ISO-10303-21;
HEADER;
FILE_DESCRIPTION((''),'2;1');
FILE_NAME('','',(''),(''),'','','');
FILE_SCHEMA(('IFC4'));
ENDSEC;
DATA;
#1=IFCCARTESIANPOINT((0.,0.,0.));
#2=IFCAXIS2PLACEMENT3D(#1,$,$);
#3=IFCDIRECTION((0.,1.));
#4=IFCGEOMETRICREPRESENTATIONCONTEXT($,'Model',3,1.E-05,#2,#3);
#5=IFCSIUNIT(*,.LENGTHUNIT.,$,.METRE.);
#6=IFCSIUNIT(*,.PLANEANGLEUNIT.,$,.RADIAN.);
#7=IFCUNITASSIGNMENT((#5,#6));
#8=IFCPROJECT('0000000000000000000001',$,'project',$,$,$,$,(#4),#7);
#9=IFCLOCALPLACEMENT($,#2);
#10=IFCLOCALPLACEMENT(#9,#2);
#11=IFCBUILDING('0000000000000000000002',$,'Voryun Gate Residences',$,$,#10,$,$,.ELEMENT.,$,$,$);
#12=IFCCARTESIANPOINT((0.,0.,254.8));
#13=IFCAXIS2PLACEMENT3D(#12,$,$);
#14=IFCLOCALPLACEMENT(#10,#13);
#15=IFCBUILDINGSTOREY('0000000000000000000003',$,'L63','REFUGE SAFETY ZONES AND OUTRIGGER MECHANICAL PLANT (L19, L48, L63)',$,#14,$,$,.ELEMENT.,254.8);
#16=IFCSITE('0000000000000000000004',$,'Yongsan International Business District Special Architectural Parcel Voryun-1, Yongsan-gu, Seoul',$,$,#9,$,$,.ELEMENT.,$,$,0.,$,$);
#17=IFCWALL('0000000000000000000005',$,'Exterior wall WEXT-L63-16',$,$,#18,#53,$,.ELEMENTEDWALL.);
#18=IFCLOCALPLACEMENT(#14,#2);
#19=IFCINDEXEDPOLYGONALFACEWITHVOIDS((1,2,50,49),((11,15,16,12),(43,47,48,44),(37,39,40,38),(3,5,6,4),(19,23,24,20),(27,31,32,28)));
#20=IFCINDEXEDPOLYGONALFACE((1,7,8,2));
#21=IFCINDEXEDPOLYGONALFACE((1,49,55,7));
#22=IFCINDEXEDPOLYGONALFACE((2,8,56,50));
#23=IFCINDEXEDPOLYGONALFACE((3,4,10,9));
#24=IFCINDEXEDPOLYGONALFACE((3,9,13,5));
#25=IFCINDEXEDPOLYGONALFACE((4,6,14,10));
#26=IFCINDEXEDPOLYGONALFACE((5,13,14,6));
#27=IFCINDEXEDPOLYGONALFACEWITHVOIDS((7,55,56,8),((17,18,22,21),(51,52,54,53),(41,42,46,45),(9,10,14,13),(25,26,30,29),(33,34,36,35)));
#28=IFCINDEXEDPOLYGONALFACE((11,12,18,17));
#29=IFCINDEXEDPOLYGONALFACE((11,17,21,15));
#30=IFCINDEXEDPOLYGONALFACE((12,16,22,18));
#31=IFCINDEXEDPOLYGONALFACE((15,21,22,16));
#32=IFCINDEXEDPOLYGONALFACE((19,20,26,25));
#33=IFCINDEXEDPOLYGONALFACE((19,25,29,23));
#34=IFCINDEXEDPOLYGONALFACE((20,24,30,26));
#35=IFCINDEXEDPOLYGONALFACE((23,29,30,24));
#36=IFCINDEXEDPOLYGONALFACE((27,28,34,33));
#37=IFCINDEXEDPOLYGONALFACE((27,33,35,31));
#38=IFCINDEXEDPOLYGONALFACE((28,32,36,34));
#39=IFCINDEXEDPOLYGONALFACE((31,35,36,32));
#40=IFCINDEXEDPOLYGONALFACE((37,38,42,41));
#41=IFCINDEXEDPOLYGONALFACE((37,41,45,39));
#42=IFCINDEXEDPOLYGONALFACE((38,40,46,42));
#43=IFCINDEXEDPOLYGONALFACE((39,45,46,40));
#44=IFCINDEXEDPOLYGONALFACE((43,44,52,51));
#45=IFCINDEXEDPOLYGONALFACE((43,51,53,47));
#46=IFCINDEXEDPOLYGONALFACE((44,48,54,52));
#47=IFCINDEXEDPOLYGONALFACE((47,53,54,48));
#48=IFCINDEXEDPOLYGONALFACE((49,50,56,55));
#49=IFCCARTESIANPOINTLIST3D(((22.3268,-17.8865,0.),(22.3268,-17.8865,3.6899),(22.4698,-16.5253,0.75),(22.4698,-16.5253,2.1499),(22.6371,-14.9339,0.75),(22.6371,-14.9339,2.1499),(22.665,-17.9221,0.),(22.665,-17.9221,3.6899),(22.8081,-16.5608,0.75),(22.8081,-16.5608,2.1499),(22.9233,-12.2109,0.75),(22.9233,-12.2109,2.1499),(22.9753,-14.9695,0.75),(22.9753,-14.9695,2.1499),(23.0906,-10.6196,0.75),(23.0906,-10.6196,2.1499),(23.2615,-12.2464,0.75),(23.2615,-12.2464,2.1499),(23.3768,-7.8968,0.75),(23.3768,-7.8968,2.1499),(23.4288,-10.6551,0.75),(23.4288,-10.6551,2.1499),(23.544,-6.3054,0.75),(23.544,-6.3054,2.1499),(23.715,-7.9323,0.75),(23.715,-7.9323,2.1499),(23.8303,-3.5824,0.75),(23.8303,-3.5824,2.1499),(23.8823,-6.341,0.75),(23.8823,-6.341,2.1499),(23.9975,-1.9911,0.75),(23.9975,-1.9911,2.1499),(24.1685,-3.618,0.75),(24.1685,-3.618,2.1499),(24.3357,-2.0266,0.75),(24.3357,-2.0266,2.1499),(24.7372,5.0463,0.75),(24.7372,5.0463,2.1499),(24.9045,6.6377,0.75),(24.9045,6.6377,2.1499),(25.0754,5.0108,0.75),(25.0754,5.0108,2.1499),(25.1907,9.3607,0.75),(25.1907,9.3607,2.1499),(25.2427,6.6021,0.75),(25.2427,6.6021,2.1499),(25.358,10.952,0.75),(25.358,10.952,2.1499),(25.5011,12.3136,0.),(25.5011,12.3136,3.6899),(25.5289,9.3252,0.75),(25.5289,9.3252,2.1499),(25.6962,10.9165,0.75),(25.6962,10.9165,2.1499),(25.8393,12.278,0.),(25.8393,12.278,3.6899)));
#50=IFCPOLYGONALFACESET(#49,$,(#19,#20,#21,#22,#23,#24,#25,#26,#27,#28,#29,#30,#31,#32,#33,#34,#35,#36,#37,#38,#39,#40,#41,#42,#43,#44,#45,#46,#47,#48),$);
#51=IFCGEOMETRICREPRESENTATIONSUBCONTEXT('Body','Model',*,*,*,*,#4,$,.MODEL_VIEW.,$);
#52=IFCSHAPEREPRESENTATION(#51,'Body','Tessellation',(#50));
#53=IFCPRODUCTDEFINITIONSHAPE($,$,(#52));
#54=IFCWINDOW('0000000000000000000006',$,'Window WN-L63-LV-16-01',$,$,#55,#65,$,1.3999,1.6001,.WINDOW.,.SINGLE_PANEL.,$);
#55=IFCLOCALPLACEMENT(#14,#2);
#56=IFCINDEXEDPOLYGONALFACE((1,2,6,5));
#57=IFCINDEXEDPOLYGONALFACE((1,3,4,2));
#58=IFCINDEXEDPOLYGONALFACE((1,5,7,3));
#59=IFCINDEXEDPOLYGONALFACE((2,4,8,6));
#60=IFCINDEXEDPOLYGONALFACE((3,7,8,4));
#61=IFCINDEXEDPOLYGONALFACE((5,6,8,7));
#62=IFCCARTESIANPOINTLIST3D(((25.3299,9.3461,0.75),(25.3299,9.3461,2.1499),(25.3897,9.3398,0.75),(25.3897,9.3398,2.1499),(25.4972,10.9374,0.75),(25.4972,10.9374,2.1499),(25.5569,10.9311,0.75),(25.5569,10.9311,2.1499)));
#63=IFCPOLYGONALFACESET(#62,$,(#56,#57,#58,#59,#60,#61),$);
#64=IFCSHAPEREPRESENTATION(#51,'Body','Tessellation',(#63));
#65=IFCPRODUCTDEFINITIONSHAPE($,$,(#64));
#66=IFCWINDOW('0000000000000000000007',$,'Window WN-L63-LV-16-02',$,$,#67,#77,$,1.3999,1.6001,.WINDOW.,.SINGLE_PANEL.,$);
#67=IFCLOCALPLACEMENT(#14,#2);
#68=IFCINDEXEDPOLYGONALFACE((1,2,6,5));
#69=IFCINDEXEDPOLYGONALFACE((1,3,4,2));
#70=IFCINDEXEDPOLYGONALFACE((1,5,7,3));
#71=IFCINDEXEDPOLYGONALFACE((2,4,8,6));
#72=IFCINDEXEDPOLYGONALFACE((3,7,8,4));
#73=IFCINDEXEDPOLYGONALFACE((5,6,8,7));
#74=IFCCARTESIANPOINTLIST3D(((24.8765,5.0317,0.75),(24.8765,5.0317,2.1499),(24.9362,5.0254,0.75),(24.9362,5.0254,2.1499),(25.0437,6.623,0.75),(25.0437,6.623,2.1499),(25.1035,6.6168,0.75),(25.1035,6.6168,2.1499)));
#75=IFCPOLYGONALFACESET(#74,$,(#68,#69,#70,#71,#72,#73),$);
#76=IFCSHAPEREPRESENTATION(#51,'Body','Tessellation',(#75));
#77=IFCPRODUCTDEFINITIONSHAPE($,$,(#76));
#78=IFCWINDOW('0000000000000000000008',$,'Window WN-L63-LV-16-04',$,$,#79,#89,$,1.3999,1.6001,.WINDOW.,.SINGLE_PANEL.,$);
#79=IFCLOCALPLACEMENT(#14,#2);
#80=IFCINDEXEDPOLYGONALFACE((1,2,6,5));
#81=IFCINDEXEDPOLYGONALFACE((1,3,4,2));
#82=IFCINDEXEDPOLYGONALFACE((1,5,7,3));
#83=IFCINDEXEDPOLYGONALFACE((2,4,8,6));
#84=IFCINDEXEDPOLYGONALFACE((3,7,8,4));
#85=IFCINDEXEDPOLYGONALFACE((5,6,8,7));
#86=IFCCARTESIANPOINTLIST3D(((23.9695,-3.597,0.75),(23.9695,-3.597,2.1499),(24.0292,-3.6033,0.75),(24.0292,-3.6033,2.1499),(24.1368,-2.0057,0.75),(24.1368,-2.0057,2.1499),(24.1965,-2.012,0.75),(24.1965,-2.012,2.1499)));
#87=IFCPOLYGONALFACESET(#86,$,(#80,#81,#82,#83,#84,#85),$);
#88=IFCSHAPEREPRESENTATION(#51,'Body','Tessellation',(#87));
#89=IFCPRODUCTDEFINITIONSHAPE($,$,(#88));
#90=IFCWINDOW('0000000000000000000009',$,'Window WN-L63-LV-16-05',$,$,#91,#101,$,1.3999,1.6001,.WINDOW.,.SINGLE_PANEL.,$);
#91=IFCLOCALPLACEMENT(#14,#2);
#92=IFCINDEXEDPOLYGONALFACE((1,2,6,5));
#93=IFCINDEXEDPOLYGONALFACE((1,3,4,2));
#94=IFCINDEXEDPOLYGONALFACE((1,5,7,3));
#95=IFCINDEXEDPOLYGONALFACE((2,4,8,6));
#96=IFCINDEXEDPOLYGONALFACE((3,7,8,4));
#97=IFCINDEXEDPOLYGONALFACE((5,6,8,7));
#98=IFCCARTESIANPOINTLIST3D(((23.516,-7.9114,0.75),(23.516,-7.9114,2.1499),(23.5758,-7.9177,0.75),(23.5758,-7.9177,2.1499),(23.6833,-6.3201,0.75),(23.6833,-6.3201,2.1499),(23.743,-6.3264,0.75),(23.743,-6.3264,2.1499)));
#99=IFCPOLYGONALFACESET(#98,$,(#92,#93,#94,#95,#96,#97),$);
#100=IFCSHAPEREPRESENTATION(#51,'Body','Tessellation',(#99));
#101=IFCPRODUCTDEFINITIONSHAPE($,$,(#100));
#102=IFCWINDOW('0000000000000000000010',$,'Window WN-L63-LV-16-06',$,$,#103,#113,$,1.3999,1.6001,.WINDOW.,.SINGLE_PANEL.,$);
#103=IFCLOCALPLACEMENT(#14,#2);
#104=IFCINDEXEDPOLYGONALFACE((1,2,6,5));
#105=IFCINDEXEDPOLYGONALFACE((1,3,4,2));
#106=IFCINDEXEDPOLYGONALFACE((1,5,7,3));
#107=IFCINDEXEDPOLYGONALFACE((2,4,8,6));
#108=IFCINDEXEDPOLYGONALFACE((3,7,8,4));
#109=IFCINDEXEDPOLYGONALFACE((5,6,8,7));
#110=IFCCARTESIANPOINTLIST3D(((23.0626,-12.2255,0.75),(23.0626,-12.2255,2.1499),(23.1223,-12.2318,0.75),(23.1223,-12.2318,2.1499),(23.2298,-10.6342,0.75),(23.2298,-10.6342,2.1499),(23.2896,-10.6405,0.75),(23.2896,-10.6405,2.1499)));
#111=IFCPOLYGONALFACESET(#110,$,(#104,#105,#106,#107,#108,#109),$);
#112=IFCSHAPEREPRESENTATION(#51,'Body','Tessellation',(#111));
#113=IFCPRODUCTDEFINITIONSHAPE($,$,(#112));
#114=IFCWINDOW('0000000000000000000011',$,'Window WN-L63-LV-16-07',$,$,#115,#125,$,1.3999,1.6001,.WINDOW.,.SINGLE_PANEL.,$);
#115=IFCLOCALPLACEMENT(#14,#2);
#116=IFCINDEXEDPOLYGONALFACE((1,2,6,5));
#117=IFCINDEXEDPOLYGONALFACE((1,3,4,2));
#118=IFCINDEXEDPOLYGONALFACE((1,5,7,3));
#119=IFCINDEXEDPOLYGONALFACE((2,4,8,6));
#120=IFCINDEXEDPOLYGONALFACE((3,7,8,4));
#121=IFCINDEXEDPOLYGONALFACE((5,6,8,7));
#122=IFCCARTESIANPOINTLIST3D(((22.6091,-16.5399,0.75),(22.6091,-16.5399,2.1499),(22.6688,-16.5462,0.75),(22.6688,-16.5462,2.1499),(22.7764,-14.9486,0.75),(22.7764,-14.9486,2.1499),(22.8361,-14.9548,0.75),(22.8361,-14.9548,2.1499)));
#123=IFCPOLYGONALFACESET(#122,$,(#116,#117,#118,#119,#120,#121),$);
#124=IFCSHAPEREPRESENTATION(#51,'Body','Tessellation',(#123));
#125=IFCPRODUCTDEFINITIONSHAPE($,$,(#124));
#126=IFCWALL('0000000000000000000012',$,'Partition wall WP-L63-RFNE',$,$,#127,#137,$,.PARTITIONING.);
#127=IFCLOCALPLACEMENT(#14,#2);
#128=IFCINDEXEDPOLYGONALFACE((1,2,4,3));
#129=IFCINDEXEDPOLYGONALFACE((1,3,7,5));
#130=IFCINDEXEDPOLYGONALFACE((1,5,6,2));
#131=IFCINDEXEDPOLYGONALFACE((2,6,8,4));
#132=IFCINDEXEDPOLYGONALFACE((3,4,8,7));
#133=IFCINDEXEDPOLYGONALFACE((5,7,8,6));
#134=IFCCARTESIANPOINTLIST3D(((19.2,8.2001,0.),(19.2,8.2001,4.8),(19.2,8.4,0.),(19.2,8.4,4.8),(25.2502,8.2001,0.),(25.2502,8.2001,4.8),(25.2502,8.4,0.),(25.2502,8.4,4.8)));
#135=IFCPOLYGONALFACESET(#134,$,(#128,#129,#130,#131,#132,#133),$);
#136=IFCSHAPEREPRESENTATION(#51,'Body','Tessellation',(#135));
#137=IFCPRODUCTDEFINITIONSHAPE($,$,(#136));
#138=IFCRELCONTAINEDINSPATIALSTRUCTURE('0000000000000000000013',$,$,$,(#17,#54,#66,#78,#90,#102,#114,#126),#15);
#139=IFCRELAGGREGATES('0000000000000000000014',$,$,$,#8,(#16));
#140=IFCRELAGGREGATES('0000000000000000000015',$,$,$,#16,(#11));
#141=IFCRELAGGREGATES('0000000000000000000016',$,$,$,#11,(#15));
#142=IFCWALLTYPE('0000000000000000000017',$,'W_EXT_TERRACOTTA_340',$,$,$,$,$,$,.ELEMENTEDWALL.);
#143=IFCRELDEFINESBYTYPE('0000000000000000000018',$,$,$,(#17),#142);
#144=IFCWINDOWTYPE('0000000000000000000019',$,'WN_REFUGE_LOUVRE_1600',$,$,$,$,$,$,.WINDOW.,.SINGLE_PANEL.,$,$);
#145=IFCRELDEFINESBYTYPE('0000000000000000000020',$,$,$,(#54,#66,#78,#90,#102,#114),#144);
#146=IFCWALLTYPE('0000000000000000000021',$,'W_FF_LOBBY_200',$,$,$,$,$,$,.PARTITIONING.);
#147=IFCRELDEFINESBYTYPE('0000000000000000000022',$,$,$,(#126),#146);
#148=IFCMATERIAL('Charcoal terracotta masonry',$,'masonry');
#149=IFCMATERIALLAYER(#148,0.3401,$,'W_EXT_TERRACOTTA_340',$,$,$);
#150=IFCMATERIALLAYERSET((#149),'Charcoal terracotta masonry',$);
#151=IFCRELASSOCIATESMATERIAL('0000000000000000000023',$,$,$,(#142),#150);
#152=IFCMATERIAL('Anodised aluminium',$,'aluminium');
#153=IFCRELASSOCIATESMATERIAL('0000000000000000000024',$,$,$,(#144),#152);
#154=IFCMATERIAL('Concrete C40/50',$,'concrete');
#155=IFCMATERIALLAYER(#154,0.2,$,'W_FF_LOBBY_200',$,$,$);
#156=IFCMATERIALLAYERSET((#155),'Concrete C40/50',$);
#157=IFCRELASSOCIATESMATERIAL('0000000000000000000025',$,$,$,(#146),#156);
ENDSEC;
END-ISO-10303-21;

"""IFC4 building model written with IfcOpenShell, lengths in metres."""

from ifc_helpers import new_model, si_unit, direction, frame, frame_2d, origin, place, context, subcontext, project, spatial, rectangle, extrude, material, layer, layer_set, type_object, element, fill, save


model = new_model("IFC4")

# Units and contexts
model_context = context("Model", 3, precision=1e-05, world=origin(), true_north=direction((0.0, 1.0)))
body_context = subcontext(model_context, "Body", "Model", "MODEL_VIEW")
ifc_project = project(units=[si_unit("LENGTHUNIT", "METRE"), si_unit("PLANEANGLEUNIT", "RADIAN")], contexts=[model_context])

# Site, building, storey
site_placement = place(None, origin())
site = spatial("IfcSite", under=ifc_project, at=site_placement, Name="Yongsan International Business District Special Architectural Parcel Voryun-1, Yongsan-gu, Seoul", CompositionType="ELEMENT", RefElevation=0.0)
building_placement = place(site_placement, origin())
building = spatial("IfcBuilding", under=site, at=building_placement, Name="Voryun Gate Residences", CompositionType="ELEMENT")
storey_placement = place(building_placement, frame((0.0, 0.0, 254.8)))
storey = spatial("IfcBuildingStorey", under=building, at=storey_placement, Name="L63", Description="REFUGE SAFETY ZONES AND OUTRIGGER MECHANICAL PLANT (L19, L48, L63)", CompositionType="ELEMENT", Elevation=254.8)

# Shared definitions
ifc_material_1 = material(Name="Charcoal terracotta masonry", Category="masonry")
ifc_layer_1 = layer(ifc_material_1, 0.3401, Name="W_EXT_TERRACOTTA_340")
ifc_layer_set_1 = layer_set([ifc_layer_1], Name="Charcoal terracotta masonry")
wall_type_1 = type_object("IfcWallType", Name="W_EXT_TERRACOTTA_340", PredefinedType="ELEMENTEDWALL", material=ifc_layer_set_1)

# Wall, openings, windows
wall_1_placement = place(storey_placement, frame((25.6702, 12.2957, 0.0), z_axis=(0.0, 0.0, 1.0), x_axis=(-0.104533, -0.994521, 0.0)))
wall_1 = element("IfcWall", 1, at=wall_1_placement, inside=storey, type_object=wall_type_1, Name="Exterior wall WEXT-L63-16", PredefinedType="ELEMENTEDWALL", context=body_context, shape_type="SweptSolid", body=[
    extrude(rectangle(XDim=30.3665, YDim=0.3401, at=frame_2d((15.1831, 0.0))), origin(), (0.0, 0.0, 1.0), 3.6899),
])
opening_1_placement = place(wall_1_placement, frame((1.3689, 0.0, 0.75)))
opening_1 = element("IfcOpeningElement", 2, at=opening_1_placement, cuts=wall_1, PredefinedType="OPENING", context=body_context, shape_type="SweptSolid", body=[
    extrude(rectangle(XDim=1.6001, YDim=1.3999, at=frame_2d((0.8, 0.7))), frame((0.0, 0.1799, 0.0), z_axis=(0.0, -1.0, 0.0), x_axis=(1.0, 0.0, 0.0)), (0.0, 0.0, 1.0), 0.3601),
])
opening_2_placement = place(wall_1_placement, frame((5.707, 0.0, 0.75)))
opening_2 = element("IfcOpeningElement", 3, at=opening_2_placement, cuts=wall_1, PredefinedType="OPENING", context=body_context, shape_type="SweptSolid", body=[
    extrude(rectangle(XDim=1.6001, YDim=1.3999, at=frame_2d((0.8, 0.7))), frame((0.0, 0.1799, 0.0), z_axis=(0.0, -1.0, 0.0), x_axis=(1.0, 0.0, 0.0)), (0.0, 0.0, 1.0), 0.3601),
])
opening_3_placement = place(wall_1_placement, frame((14.3833, 0.0, 0.75)))
opening_3 = element("IfcOpeningElement", 4, at=opening_3_placement, cuts=wall_1, PredefinedType="OPENING", context=body_context, shape_type="SweptSolid", body=[
    extrude(rectangle(XDim=1.6001, YDim=1.3999, at=frame_2d((0.8, 0.7))), frame((0.0, 0.1799, 0.0), z_axis=(0.0, -1.0, 0.0), x_axis=(1.0, 0.0, 0.0)), (0.0, 0.0, 1.0), 0.3601),
])
opening_4_placement = place(wall_1_placement, frame((18.7214, 0.0, 0.75)))
opening_4 = element("IfcOpeningElement", 5, at=opening_4_placement, cuts=wall_1, PredefinedType="OPENING", context=body_context, shape_type="SweptSolid", body=[
    extrude(rectangle(XDim=1.6001, YDim=1.3999, at=frame_2d((0.8, 0.7))), frame((0.0, 0.1799, 0.0), z_axis=(0.0, -1.0, 0.0), x_axis=(1.0, 0.0, 0.0)), (0.0, 0.0, 1.0), 0.3601),
])
opening_5_placement = place(wall_1_placement, frame((23.0593, 0.0, 0.75)))
opening_5 = element("IfcOpeningElement", 6, at=opening_5_placement, cuts=wall_1, PredefinedType="OPENING", context=body_context, shape_type="SweptSolid", body=[
    extrude(rectangle(XDim=1.6001, YDim=1.3999, at=frame_2d((0.8, 0.7))), frame((0.0, 0.1799, 0.0), z_axis=(0.0, -1.0, 0.0), x_axis=(1.0, 0.0, 0.0)), (0.0, 0.0, 1.0), 0.3601),
])
opening_6_placement = place(wall_1_placement, frame((27.3975, 0.0, 0.75)))
opening_6 = element("IfcOpeningElement", 7, at=opening_6_placement, cuts=wall_1, PredefinedType="OPENING", context=body_context, shape_type="SweptSolid", body=[
    extrude(rectangle(XDim=1.6001, YDim=1.3999, at=frame_2d((0.8, 0.7))), frame((0.0, 0.1799, 0.0), z_axis=(0.0, -1.0, 0.0), x_axis=(1.0, 0.0, 0.0)), (0.0, 0.0, 1.0), 0.3601),
])
ifc_material_2 = material(Name="Anodised aluminium", Category="aluminium")
window_type = type_object("IfcWindowType", Name="WN_REFUGE_LOUVRE_1600", PartitioningType="SINGLE_PANEL", PredefinedType="WINDOW", material=ifc_material_2)
window_1_placement = place(opening_1_placement, origin())
window_1 = element("IfcWindow", 8, at=window_1_placement, inside=storey, type_object=window_type, Name="Window WN-L63-LV-16-01", OverallHeight=1.3999, OverallWidth=1.6001, PartitioningType="SINGLE_PANEL", PredefinedType="WINDOW", context=body_context, shape_type="SweptSolid", body=[
    extrude(rectangle(XDim=1.6001, YDim=1.3999, at=frame_2d((0.8, 0.7))), frame((0.0, 0.03, 0.0), z_axis=(0.0, -1.0, 0.0), x_axis=(1.0, 0.0, 0.0)), (0.0, 0.0, 1.0), 0.0601),
])
fill(opening_1, window_1)
window_2_placement = place(opening_2_placement, origin())
window_2 = element("IfcWindow", 9, at=window_2_placement, inside=storey, type_object=window_type, Name="Window WN-L63-LV-16-02", OverallHeight=1.3999, OverallWidth=1.6001, PartitioningType="SINGLE_PANEL", PredefinedType="WINDOW", context=body_context, shape_type="SweptSolid", body=[
    extrude(rectangle(XDim=1.6001, YDim=1.3999, at=frame_2d((0.8, 0.7))), frame((0.0, 0.03, 0.0), z_axis=(0.0, -1.0, 0.0), x_axis=(1.0, 0.0, 0.0)), (0.0, 0.0, 1.0), 0.0601),
])
fill(opening_2, window_2)
window_3_placement = place(opening_3_placement, origin())
window_3 = element("IfcWindow", 10, at=window_3_placement, inside=storey, type_object=window_type, Name="Window WN-L63-LV-16-04", OverallHeight=1.3999, OverallWidth=1.6001, PartitioningType="SINGLE_PANEL", PredefinedType="WINDOW", context=body_context, shape_type="SweptSolid", body=[
    extrude(rectangle(XDim=1.6001, YDim=1.3999, at=frame_2d((0.8, 0.7))), frame((0.0, 0.03, 0.0), z_axis=(0.0, -1.0, 0.0), x_axis=(1.0, 0.0, 0.0)), (0.0, 0.0, 1.0), 0.0601),
])
fill(opening_3, window_3)
window_4_placement = place(opening_4_placement, origin())
window_4 = element("IfcWindow", 11, at=window_4_placement, inside=storey, type_object=window_type, Name="Window WN-L63-LV-16-05", OverallHeight=1.3999, OverallWidth=1.6001, PartitioningType="SINGLE_PANEL", PredefinedType="WINDOW", context=body_context, shape_type="SweptSolid", body=[
    extrude(rectangle(XDim=1.6001, YDim=1.3999, at=frame_2d((0.8, 0.7))), frame((0.0, 0.03, 0.0), z_axis=(0.0, -1.0, 0.0), x_axis=(1.0, 0.0, 0.0)), (0.0, 0.0, 1.0), 0.0601),
])
fill(opening_4, window_4)
window_5_placement = place(opening_5_placement, origin())
window_5 = element("IfcWindow", 12, at=window_5_placement, inside=storey, type_object=window_type, Name="Window WN-L63-LV-16-06", OverallHeight=1.3999, OverallWidth=1.6001, PartitioningType="SINGLE_PANEL", PredefinedType="WINDOW", context=body_context, shape_type="SweptSolid", body=[
    extrude(rectangle(XDim=1.6001, YDim=1.3999, at=frame_2d((0.8, 0.7))), frame((0.0, 0.03, 0.0), z_axis=(0.0, -1.0, 0.0), x_axis=(1.0, 0.0, 0.0)), (0.0, 0.0, 1.0), 0.0601),
])
fill(opening_5, window_5)
window_6_placement = place(opening_6_placement, origin())
window_6 = element("IfcWindow", 13, at=window_6_placement, inside=storey, type_object=window_type, Name="Window WN-L63-LV-16-07", OverallHeight=1.3999, OverallWidth=1.6001, PartitioningType="SINGLE_PANEL", PredefinedType="WINDOW", context=body_context, shape_type="SweptSolid", body=[
    extrude(rectangle(XDim=1.6001, YDim=1.3999, at=frame_2d((0.8, 0.7))), frame((0.0, 0.03, 0.0), z_axis=(0.0, -1.0, 0.0), x_axis=(1.0, 0.0, 0.0)), (0.0, 0.0, 1.0), 0.0601),
])
fill(opening_6, window_6)

# Wall
ifc_material_3 = material(Name="Concrete C40/50", Category="concrete")
ifc_layer_2 = layer(ifc_material_3, 0.2, Name="W_FF_LOBBY_200")
ifc_layer_set_2 = layer_set([ifc_layer_2], Name="Concrete C40/50")
wall_type_2 = type_object("IfcWallType", Name="W_FF_LOBBY_200", PredefinedType="PARTITIONING", material=ifc_layer_set_2)
wall_2_placement = place(storey_placement, frame((19.2, 8.3, 0.0), z_axis=(0.0, 0.0, 1.0), x_axis=(1.0, 0.0, 0.0)))
element("IfcWall", 14, at=wall_2_placement, inside=storey, type_object=wall_type_2, Name="Partition wall WP-L63-RFNE", PredefinedType="PARTITIONING", context=body_context, shape_type="SweptSolid", body=[
    extrude(rectangle(XDim=6.0503, YDim=0.2, at=frame_2d((3.0251, 0.0))), origin(), (0.0, 0.0, 1.0), 4.8),
])

save(model, "model.ifc")
